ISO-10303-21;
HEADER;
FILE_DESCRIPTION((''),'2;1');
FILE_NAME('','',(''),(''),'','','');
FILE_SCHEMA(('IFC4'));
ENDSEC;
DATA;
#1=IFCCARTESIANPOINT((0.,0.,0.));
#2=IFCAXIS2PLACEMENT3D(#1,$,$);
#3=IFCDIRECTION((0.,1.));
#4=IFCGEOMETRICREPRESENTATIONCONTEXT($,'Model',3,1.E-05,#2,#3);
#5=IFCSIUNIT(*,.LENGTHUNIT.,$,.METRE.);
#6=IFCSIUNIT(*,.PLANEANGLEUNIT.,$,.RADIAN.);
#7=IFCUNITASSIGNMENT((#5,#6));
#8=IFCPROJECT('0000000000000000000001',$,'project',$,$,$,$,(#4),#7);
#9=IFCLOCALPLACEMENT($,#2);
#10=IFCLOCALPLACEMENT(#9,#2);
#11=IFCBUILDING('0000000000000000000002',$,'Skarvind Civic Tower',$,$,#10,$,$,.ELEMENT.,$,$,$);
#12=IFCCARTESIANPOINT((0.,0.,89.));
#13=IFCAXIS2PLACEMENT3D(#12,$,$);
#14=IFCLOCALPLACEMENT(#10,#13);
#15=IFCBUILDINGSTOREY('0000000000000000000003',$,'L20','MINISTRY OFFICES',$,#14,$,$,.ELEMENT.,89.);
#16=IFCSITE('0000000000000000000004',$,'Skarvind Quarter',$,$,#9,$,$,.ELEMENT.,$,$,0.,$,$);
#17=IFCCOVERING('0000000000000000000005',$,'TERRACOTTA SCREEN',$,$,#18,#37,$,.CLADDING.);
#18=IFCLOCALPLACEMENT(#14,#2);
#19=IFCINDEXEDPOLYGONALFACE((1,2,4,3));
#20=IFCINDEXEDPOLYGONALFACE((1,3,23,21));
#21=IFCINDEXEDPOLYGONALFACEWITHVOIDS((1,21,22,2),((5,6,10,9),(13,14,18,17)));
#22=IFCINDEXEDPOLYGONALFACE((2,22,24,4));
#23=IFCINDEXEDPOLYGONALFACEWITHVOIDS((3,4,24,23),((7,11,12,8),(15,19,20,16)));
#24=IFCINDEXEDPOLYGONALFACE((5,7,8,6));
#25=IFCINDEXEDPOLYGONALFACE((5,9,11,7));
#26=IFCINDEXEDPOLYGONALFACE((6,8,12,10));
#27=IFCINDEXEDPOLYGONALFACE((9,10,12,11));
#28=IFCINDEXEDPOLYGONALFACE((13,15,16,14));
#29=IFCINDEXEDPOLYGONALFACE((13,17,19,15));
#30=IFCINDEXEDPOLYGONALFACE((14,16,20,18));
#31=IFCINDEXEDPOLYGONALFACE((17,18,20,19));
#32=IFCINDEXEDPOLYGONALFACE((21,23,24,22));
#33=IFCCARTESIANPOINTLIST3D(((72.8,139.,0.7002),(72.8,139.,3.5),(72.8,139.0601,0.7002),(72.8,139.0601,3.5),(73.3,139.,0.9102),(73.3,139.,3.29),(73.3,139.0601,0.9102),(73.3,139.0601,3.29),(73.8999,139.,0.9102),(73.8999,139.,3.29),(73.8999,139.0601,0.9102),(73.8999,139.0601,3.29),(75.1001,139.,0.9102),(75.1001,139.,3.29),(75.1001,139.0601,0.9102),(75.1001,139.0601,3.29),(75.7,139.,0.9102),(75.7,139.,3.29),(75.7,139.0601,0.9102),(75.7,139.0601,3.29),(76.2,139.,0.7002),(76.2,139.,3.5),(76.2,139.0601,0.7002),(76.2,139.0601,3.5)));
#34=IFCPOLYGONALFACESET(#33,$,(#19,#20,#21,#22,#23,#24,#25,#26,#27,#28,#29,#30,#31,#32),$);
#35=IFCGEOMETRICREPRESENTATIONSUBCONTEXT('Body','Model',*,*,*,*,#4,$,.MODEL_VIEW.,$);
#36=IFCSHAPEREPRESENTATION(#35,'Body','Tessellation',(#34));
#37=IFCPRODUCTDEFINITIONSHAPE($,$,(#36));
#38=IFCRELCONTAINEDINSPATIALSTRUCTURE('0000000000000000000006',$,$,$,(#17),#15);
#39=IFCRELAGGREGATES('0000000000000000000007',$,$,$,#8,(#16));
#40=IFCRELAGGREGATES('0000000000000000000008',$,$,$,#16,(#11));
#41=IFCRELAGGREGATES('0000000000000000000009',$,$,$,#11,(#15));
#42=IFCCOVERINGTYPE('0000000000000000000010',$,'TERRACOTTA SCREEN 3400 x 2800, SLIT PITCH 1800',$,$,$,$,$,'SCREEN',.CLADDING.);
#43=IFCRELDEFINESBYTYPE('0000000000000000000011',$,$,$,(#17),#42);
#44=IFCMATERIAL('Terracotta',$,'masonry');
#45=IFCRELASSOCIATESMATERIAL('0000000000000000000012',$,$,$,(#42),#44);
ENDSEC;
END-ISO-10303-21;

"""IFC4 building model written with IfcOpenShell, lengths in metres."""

from ifc_helpers import new_model, si_unit, direction, frame, origin, place, context, subcontext, project, spatial, polyline, outline, extrude, material, material_profile, profile_set, type_object, element, save


model = new_model("IFC4")

# Units and contexts
model_context = context("Model", 3, precision=1e-05, world=origin(), true_north=direction((0.0, 1.0)))
body_context = subcontext(model_context, "Body", "Model", "MODEL_VIEW")
ifc_project = project(units=[si_unit("LENGTHUNIT", "METRE"), si_unit("PLANEANGLEUNIT", "RADIAN")], contexts=[model_context])

# Site, building, storey
site_placement = place(None, origin())
site = spatial("IfcSite", under=ifc_project, at=site_placement, Name="Skarvind Quarter", CompositionType="ELEMENT", RefElevation=0.0)
building_placement = place(site_placement, origin())
building = spatial("IfcBuilding", under=site, at=building_placement, Name="Skarvind Civic Tower", CompositionType="ELEMENT")
storey_placement = place(building_placement, frame((0.0, 0.0, 89.0)))
storey = spatial("IfcBuildingStorey", under=building, at=storey_placement, Name="L20", Description="MINISTRY OFFICES", CompositionType="ELEMENT", Elevation=89.0)

# Covering
ifc_material_1 = material(Name="Terracotta", Category="masonry")
ifc_material_profile_1 = material_profile(ifc_material_1, outline(polyline([(-1.7, -1.3999), (1.7, -1.3999), (1.7, 1.3999), (-1.7, 1.3999), (-1.7, -1.3999)]), holes=[polyline([(-1.2, -1.1899), (-0.6001, -1.1899), (-0.6001, 1.1899), (-1.2, 1.1899), (-1.2, -1.1899)]), polyline([(0.6001, -1.1899), (1.2, -1.1899), (1.2, 1.1899), (0.6001, 1.1899), (0.6001, -1.1899)])]), Name="TERRACOTTA SCREEN 3400 x 2800, SLIT PITCH 1800")
ifc_profile_set_1 = profile_set([ifc_material_profile_1], Name="Terracotta")
covering_type_1 = type_object("IfcCoveringType", Name="TERRACOTTA SCREEN 3400 x 2800, SLIT PITCH 1800", ElementType="SCREEN", PredefinedType="CLADDING", material=ifc_profile_set_1)
covering_placement = place(storey_placement, frame((74.5, 139.0, 2.1001), z_axis=(0.0, 1.0, 0.0), x_axis=(-1.0, 0.0, 0.0)))
element("IfcCovering", 1, at=covering_placement, inside=storey, type_object=covering_type_1, Name="TERRACOTTA SCREEN", PredefinedType="CLADDING", context=body_context, shape_type="SweptSolid", body=[
    extrude(outline(polyline([(-1.7, -1.3999), (1.7, -1.3999), (1.7, 1.3999), (-1.7, 1.3999), (-1.7, -1.3999)]), holes=[polyline([(-1.2, -1.1899), (-0.6001, -1.1899), (-0.6001, 1.1899), (-1.2, 1.1899), (-1.2, -1.1899)]), polyline([(0.6001, -1.1899), (1.2, -1.1899), (1.2, 1.1899), (0.6001, 1.1899), (0.6001, -1.1899)])]), origin(), (0.0, 0.0, 1.0), 0.0601),
])

save(model, "model.ifc")
